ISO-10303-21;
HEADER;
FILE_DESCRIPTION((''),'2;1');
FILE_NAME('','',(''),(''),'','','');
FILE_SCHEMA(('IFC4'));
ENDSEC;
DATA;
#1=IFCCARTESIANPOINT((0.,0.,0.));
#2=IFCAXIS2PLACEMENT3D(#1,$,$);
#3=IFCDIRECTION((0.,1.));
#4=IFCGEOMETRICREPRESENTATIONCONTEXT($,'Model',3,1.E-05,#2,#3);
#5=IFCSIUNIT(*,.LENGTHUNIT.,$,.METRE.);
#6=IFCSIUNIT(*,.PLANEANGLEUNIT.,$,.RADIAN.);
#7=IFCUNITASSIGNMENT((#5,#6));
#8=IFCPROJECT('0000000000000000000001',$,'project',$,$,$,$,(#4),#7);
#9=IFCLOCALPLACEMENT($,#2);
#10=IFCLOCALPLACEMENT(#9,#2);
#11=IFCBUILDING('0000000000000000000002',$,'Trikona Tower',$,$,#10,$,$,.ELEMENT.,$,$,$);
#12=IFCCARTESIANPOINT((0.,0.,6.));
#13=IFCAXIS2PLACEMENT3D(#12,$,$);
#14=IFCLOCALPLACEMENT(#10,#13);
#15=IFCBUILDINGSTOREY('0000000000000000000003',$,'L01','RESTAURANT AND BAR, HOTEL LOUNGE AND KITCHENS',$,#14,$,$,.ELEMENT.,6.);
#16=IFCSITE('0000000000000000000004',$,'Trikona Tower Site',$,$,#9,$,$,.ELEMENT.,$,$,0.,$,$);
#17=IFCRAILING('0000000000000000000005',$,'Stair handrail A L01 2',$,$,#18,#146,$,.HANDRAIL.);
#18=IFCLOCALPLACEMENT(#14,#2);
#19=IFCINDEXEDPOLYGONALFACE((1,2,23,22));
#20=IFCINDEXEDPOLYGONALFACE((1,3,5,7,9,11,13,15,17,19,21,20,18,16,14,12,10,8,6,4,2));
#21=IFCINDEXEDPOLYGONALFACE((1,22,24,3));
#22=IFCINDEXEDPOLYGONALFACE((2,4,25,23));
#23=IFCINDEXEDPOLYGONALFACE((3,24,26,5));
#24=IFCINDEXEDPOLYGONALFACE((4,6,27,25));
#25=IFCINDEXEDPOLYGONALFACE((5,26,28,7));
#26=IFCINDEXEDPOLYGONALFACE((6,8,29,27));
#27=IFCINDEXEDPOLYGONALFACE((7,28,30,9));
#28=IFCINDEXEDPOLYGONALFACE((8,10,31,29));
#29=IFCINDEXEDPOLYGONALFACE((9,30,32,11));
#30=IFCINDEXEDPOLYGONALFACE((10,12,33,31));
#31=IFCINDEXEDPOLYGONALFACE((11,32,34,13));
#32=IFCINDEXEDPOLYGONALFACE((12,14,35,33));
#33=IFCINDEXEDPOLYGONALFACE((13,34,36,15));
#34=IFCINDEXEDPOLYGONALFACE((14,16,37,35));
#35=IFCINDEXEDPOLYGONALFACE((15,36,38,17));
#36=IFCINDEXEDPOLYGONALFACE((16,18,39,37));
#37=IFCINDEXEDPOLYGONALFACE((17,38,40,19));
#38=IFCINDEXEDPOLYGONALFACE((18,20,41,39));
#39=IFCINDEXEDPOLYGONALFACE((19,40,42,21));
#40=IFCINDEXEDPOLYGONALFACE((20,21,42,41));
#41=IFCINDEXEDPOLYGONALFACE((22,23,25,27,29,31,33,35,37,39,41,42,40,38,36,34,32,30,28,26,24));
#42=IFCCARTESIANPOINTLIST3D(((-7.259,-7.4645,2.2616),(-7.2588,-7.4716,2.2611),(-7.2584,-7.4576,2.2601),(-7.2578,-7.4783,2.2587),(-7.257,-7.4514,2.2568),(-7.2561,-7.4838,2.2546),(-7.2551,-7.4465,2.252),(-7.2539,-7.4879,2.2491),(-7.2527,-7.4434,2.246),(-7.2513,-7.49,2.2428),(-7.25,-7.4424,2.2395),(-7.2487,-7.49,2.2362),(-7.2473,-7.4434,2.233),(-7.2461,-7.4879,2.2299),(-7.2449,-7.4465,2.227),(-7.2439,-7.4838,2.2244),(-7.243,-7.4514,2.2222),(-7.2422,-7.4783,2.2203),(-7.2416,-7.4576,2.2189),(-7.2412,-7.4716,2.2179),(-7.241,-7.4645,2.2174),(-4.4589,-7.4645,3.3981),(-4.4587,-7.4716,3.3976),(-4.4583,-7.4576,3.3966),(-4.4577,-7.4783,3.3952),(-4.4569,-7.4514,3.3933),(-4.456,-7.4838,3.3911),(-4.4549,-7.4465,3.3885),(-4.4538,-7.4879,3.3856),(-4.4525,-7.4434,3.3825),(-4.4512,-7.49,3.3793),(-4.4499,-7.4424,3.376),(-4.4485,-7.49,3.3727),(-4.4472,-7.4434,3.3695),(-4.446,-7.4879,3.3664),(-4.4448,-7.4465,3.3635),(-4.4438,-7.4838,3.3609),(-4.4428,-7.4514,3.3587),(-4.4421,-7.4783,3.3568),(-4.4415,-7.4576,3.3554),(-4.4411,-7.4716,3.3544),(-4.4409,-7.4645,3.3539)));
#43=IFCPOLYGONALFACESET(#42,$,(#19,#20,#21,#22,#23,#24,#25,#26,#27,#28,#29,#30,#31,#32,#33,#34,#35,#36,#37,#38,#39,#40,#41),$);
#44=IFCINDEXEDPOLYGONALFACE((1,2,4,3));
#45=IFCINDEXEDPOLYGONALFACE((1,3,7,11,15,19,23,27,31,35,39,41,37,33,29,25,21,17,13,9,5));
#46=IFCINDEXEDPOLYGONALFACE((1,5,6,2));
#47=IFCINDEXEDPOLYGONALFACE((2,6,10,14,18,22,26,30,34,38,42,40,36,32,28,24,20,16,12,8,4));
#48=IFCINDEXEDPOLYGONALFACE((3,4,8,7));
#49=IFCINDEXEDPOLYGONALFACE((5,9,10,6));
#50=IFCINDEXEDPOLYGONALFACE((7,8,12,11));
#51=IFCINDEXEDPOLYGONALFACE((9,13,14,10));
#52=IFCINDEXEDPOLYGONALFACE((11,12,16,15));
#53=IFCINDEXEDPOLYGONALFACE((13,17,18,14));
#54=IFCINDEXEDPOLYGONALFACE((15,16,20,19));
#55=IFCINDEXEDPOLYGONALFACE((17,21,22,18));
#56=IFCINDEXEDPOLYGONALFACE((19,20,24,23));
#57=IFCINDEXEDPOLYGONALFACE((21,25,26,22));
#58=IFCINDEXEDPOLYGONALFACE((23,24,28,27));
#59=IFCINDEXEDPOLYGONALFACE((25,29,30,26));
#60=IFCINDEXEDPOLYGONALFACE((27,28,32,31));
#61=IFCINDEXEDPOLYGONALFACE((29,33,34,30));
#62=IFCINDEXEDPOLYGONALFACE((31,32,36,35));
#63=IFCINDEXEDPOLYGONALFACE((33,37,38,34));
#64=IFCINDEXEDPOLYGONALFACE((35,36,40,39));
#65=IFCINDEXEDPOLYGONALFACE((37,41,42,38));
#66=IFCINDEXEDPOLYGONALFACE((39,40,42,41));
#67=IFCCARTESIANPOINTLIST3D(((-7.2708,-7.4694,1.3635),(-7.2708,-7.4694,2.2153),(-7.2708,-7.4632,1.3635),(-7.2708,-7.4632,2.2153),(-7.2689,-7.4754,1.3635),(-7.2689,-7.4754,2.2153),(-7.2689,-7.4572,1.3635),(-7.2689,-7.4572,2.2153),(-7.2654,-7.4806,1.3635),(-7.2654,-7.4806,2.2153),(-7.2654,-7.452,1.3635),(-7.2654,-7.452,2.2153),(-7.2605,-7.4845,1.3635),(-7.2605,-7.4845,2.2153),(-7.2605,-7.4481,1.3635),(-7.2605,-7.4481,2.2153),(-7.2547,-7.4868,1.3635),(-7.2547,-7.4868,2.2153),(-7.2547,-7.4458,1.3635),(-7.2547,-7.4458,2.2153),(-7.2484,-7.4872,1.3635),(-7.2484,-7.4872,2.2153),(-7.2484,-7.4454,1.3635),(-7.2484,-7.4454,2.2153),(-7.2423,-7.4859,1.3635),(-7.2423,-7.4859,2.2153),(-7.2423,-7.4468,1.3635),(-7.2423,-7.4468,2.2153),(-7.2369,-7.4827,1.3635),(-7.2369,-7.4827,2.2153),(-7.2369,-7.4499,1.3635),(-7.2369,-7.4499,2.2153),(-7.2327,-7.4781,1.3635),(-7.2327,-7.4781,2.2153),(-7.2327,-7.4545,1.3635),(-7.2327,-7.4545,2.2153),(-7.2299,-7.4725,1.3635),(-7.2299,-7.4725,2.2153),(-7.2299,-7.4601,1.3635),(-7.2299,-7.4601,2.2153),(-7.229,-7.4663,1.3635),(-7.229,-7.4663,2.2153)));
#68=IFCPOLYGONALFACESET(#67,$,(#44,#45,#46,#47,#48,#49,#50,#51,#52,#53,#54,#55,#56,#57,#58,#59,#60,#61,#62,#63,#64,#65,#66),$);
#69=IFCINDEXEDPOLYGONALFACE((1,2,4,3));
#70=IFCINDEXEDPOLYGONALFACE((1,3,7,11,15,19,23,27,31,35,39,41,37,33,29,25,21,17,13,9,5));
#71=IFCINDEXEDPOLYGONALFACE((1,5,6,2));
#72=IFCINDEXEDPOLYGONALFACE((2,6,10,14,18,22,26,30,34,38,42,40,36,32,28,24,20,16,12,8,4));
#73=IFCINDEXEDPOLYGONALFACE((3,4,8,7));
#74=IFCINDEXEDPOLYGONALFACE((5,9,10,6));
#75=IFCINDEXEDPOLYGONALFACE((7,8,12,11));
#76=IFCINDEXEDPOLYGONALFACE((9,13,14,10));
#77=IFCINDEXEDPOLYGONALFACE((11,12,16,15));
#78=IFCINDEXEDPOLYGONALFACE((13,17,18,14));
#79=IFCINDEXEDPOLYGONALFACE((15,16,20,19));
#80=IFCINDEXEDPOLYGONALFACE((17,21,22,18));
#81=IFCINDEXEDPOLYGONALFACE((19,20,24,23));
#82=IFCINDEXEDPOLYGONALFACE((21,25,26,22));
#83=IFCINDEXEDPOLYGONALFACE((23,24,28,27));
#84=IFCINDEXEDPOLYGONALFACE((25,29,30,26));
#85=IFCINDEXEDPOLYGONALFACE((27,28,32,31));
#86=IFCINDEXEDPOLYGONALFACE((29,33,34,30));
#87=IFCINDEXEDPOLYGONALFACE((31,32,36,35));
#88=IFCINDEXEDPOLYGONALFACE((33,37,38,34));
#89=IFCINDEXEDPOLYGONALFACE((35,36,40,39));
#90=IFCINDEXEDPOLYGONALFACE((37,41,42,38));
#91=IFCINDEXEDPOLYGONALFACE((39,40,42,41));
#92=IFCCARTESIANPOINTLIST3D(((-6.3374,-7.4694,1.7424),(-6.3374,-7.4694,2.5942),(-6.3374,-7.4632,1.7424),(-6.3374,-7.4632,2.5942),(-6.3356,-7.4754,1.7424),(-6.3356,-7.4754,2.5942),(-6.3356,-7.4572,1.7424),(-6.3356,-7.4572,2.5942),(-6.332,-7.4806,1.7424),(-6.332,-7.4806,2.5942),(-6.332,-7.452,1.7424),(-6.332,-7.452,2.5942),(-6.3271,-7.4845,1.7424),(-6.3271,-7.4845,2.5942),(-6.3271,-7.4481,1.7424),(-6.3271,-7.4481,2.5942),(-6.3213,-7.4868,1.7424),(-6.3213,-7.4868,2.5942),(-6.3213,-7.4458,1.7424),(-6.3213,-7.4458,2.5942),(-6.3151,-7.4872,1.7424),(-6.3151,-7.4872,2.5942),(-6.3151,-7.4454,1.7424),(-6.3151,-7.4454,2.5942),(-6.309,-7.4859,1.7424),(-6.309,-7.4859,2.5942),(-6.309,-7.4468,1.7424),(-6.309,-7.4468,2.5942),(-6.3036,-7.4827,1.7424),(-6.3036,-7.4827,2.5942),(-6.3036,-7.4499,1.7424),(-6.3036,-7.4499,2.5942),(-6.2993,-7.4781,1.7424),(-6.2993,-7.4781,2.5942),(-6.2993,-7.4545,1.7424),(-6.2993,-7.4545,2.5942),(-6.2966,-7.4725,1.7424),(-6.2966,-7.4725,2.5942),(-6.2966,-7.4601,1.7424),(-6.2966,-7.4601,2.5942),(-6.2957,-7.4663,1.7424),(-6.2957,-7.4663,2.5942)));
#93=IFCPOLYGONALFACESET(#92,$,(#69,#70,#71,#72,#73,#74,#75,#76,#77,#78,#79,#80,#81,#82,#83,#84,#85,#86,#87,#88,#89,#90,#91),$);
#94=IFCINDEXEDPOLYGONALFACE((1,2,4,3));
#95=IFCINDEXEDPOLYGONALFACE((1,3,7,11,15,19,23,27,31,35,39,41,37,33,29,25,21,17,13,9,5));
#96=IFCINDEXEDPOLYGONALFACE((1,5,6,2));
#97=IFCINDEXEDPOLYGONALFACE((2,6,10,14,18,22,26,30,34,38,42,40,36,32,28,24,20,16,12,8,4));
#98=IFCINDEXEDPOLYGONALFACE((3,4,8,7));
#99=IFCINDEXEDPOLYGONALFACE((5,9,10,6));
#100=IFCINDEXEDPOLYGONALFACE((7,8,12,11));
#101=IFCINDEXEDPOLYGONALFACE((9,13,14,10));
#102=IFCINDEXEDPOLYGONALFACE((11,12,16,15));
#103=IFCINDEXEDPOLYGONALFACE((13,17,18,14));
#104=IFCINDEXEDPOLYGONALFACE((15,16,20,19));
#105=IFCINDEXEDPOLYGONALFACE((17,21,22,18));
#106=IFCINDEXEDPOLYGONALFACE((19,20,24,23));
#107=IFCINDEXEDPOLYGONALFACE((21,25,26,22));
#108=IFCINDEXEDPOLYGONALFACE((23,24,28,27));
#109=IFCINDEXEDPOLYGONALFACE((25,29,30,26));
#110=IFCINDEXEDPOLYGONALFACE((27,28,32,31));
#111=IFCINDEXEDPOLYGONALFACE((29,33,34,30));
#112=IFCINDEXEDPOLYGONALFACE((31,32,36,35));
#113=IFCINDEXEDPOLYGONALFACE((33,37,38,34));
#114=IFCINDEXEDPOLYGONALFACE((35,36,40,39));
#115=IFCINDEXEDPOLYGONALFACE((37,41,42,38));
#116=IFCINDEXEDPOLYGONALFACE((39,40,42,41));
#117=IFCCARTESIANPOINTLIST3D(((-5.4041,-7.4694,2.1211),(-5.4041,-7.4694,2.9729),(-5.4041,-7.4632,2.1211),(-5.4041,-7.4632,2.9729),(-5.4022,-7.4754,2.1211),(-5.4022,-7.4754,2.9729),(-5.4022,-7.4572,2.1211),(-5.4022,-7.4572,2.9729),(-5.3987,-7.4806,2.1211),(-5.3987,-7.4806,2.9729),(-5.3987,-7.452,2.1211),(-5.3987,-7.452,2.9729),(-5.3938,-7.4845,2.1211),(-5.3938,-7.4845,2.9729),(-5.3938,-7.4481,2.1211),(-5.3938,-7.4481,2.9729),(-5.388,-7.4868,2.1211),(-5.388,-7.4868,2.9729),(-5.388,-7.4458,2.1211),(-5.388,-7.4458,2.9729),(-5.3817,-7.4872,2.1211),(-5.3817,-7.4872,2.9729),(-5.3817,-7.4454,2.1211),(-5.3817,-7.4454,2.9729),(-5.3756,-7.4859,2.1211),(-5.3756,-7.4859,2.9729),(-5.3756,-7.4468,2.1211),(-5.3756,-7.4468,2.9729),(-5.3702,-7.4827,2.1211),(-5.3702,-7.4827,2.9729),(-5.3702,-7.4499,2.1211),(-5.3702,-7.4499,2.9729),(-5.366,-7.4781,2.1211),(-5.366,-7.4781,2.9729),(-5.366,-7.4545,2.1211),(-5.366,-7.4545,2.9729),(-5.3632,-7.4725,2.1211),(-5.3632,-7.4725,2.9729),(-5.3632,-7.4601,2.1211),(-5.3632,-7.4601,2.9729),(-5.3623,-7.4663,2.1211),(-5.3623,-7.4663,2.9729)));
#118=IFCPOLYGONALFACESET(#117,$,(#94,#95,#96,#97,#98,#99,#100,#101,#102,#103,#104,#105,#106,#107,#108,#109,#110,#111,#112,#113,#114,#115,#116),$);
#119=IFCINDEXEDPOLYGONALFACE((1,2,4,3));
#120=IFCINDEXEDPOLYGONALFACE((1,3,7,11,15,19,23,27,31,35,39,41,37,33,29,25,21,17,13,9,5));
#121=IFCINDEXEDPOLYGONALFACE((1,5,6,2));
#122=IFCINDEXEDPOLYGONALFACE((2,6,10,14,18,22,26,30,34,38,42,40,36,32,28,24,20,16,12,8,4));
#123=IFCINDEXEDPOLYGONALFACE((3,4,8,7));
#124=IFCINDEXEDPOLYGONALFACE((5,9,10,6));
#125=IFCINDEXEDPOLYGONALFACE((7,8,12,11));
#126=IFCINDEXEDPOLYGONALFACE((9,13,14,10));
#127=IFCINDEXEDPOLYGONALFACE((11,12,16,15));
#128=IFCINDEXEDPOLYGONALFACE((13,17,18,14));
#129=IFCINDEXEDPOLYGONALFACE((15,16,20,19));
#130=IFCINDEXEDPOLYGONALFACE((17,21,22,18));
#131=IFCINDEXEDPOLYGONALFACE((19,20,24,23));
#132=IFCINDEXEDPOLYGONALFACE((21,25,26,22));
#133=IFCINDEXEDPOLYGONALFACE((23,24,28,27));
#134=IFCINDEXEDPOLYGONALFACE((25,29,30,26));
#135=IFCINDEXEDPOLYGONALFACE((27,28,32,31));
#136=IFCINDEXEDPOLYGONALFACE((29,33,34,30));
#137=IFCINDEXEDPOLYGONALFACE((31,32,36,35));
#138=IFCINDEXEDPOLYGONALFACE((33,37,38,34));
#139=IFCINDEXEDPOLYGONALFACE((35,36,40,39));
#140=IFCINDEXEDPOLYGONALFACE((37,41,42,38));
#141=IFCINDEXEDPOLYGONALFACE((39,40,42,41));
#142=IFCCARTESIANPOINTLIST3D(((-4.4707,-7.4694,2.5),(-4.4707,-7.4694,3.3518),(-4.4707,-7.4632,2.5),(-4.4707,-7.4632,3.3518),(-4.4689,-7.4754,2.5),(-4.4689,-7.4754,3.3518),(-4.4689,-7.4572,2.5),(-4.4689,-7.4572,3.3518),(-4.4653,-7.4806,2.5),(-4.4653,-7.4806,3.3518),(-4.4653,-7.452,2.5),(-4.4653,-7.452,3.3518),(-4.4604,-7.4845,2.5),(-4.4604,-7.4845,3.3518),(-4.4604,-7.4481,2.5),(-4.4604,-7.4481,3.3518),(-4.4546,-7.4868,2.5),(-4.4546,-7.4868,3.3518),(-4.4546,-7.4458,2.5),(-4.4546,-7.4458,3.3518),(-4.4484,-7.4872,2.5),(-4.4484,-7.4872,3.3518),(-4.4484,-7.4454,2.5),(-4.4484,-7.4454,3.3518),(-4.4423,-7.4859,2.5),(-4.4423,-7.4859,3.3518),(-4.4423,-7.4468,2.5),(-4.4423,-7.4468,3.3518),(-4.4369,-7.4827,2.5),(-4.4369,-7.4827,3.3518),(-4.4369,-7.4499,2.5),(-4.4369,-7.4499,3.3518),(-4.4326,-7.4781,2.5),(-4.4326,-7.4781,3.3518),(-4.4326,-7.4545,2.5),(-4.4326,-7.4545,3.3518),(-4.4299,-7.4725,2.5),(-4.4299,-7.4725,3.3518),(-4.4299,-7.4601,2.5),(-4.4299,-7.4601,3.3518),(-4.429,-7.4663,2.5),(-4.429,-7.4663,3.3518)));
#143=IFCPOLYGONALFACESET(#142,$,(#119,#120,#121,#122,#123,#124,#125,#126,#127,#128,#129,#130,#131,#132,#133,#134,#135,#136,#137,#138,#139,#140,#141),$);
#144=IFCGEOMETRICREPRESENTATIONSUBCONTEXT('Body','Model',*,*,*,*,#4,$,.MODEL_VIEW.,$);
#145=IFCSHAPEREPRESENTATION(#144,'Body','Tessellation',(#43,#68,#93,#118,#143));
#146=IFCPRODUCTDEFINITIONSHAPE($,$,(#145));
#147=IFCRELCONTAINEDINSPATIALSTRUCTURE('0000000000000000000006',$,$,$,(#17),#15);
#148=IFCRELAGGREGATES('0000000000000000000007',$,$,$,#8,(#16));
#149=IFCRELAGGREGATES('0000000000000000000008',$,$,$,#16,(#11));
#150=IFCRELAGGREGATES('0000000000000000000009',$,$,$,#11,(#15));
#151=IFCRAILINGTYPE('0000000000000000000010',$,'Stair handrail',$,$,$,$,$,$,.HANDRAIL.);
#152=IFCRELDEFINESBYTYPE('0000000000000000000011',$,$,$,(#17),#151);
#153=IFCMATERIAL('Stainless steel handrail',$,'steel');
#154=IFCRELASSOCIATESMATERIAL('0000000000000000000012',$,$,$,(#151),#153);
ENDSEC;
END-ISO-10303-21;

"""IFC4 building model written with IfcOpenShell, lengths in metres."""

from ifc_helpers import new_model, si_unit, direction, frame, origin, origin_2d, place, context, subcontext, project, spatial, circle, extrude, material, type_object, element, save


model = new_model("IFC4")

# Units and contexts
model_context = context("Model", 3, precision=1e-05, world=origin(), true_north=direction((0.0, 1.0)))
body_context = subcontext(model_context, "Body", "Model", "MODEL_VIEW")
ifc_project = project(units=[si_unit("LENGTHUNIT", "METRE"), si_unit("PLANEANGLEUNIT", "RADIAN")], contexts=[model_context])

# Site, building, storey
site_placement = place(None, origin())
site = spatial("IfcSite", under=ifc_project, at=site_placement, Name="Trikona Tower Site", CompositionType="ELEMENT", RefElevation=0.0)
building_placement = place(site_placement, origin())
building = spatial("IfcBuilding", under=site, at=building_placement, Name="Trikona Tower", CompositionType="ELEMENT")
storey_placement = place(building_placement, frame((0.0, 0.0, 6.0)))
storey = spatial("IfcBuildingStorey", under=building, at=storey_placement, Name="L01", Description="RESTAURANT AND BAR, HOTEL LOUNGE AND KITCHENS", CompositionType="ELEMENT", Elevation=6.0)

# Railing
ifc_material_1 = material(Name="Stainless steel handrail", Category="steel")
railing_type = type_object("IfcRailingType", Name="Stair handrail", PredefinedType="HANDRAIL", material=ifc_material_1)
railing_1_placement = place(storey_placement, frame((-7.25, -7.4663, 1.3635)))
element("IfcRailing", 1, at=railing_1_placement, inside=storey, type_object=railing_type, Name="Stair handrail A L01 2", PredefinedType="HANDRAIL", context=body_context, shape_type="SweptSolid", body=[
    extrude(circle(Radius=0.0239, at=origin_2d()), frame((0.0, 0.0, 0.876), z_axis=(0.926587, 0.0, 0.37608), x_axis=(0.0, 1.0, 0.0)), (0.0, 0.0, 1.0), 3.022),
    extrude(circle(Radius=0.021, at=origin_2d()), origin(), (0.0, 0.0, 1.0), 0.8518),
    extrude(circle(Radius=0.021, at=origin_2d()), frame((0.9333, 0.0, 0.3789)), (0.0, 0.0, 1.0), 0.8518),
    extrude(circle(Radius=0.021, at=origin_2d()), frame((1.8667, 0.0, 0.7576)), (0.0, 0.0, 1.0), 0.8518),
    extrude(circle(Radius=0.021, at=origin_2d()), frame((2.8, 0.0, 1.1365)), (0.0, 0.0, 1.0), 0.8518),
])

save(model, "model.ifc")
